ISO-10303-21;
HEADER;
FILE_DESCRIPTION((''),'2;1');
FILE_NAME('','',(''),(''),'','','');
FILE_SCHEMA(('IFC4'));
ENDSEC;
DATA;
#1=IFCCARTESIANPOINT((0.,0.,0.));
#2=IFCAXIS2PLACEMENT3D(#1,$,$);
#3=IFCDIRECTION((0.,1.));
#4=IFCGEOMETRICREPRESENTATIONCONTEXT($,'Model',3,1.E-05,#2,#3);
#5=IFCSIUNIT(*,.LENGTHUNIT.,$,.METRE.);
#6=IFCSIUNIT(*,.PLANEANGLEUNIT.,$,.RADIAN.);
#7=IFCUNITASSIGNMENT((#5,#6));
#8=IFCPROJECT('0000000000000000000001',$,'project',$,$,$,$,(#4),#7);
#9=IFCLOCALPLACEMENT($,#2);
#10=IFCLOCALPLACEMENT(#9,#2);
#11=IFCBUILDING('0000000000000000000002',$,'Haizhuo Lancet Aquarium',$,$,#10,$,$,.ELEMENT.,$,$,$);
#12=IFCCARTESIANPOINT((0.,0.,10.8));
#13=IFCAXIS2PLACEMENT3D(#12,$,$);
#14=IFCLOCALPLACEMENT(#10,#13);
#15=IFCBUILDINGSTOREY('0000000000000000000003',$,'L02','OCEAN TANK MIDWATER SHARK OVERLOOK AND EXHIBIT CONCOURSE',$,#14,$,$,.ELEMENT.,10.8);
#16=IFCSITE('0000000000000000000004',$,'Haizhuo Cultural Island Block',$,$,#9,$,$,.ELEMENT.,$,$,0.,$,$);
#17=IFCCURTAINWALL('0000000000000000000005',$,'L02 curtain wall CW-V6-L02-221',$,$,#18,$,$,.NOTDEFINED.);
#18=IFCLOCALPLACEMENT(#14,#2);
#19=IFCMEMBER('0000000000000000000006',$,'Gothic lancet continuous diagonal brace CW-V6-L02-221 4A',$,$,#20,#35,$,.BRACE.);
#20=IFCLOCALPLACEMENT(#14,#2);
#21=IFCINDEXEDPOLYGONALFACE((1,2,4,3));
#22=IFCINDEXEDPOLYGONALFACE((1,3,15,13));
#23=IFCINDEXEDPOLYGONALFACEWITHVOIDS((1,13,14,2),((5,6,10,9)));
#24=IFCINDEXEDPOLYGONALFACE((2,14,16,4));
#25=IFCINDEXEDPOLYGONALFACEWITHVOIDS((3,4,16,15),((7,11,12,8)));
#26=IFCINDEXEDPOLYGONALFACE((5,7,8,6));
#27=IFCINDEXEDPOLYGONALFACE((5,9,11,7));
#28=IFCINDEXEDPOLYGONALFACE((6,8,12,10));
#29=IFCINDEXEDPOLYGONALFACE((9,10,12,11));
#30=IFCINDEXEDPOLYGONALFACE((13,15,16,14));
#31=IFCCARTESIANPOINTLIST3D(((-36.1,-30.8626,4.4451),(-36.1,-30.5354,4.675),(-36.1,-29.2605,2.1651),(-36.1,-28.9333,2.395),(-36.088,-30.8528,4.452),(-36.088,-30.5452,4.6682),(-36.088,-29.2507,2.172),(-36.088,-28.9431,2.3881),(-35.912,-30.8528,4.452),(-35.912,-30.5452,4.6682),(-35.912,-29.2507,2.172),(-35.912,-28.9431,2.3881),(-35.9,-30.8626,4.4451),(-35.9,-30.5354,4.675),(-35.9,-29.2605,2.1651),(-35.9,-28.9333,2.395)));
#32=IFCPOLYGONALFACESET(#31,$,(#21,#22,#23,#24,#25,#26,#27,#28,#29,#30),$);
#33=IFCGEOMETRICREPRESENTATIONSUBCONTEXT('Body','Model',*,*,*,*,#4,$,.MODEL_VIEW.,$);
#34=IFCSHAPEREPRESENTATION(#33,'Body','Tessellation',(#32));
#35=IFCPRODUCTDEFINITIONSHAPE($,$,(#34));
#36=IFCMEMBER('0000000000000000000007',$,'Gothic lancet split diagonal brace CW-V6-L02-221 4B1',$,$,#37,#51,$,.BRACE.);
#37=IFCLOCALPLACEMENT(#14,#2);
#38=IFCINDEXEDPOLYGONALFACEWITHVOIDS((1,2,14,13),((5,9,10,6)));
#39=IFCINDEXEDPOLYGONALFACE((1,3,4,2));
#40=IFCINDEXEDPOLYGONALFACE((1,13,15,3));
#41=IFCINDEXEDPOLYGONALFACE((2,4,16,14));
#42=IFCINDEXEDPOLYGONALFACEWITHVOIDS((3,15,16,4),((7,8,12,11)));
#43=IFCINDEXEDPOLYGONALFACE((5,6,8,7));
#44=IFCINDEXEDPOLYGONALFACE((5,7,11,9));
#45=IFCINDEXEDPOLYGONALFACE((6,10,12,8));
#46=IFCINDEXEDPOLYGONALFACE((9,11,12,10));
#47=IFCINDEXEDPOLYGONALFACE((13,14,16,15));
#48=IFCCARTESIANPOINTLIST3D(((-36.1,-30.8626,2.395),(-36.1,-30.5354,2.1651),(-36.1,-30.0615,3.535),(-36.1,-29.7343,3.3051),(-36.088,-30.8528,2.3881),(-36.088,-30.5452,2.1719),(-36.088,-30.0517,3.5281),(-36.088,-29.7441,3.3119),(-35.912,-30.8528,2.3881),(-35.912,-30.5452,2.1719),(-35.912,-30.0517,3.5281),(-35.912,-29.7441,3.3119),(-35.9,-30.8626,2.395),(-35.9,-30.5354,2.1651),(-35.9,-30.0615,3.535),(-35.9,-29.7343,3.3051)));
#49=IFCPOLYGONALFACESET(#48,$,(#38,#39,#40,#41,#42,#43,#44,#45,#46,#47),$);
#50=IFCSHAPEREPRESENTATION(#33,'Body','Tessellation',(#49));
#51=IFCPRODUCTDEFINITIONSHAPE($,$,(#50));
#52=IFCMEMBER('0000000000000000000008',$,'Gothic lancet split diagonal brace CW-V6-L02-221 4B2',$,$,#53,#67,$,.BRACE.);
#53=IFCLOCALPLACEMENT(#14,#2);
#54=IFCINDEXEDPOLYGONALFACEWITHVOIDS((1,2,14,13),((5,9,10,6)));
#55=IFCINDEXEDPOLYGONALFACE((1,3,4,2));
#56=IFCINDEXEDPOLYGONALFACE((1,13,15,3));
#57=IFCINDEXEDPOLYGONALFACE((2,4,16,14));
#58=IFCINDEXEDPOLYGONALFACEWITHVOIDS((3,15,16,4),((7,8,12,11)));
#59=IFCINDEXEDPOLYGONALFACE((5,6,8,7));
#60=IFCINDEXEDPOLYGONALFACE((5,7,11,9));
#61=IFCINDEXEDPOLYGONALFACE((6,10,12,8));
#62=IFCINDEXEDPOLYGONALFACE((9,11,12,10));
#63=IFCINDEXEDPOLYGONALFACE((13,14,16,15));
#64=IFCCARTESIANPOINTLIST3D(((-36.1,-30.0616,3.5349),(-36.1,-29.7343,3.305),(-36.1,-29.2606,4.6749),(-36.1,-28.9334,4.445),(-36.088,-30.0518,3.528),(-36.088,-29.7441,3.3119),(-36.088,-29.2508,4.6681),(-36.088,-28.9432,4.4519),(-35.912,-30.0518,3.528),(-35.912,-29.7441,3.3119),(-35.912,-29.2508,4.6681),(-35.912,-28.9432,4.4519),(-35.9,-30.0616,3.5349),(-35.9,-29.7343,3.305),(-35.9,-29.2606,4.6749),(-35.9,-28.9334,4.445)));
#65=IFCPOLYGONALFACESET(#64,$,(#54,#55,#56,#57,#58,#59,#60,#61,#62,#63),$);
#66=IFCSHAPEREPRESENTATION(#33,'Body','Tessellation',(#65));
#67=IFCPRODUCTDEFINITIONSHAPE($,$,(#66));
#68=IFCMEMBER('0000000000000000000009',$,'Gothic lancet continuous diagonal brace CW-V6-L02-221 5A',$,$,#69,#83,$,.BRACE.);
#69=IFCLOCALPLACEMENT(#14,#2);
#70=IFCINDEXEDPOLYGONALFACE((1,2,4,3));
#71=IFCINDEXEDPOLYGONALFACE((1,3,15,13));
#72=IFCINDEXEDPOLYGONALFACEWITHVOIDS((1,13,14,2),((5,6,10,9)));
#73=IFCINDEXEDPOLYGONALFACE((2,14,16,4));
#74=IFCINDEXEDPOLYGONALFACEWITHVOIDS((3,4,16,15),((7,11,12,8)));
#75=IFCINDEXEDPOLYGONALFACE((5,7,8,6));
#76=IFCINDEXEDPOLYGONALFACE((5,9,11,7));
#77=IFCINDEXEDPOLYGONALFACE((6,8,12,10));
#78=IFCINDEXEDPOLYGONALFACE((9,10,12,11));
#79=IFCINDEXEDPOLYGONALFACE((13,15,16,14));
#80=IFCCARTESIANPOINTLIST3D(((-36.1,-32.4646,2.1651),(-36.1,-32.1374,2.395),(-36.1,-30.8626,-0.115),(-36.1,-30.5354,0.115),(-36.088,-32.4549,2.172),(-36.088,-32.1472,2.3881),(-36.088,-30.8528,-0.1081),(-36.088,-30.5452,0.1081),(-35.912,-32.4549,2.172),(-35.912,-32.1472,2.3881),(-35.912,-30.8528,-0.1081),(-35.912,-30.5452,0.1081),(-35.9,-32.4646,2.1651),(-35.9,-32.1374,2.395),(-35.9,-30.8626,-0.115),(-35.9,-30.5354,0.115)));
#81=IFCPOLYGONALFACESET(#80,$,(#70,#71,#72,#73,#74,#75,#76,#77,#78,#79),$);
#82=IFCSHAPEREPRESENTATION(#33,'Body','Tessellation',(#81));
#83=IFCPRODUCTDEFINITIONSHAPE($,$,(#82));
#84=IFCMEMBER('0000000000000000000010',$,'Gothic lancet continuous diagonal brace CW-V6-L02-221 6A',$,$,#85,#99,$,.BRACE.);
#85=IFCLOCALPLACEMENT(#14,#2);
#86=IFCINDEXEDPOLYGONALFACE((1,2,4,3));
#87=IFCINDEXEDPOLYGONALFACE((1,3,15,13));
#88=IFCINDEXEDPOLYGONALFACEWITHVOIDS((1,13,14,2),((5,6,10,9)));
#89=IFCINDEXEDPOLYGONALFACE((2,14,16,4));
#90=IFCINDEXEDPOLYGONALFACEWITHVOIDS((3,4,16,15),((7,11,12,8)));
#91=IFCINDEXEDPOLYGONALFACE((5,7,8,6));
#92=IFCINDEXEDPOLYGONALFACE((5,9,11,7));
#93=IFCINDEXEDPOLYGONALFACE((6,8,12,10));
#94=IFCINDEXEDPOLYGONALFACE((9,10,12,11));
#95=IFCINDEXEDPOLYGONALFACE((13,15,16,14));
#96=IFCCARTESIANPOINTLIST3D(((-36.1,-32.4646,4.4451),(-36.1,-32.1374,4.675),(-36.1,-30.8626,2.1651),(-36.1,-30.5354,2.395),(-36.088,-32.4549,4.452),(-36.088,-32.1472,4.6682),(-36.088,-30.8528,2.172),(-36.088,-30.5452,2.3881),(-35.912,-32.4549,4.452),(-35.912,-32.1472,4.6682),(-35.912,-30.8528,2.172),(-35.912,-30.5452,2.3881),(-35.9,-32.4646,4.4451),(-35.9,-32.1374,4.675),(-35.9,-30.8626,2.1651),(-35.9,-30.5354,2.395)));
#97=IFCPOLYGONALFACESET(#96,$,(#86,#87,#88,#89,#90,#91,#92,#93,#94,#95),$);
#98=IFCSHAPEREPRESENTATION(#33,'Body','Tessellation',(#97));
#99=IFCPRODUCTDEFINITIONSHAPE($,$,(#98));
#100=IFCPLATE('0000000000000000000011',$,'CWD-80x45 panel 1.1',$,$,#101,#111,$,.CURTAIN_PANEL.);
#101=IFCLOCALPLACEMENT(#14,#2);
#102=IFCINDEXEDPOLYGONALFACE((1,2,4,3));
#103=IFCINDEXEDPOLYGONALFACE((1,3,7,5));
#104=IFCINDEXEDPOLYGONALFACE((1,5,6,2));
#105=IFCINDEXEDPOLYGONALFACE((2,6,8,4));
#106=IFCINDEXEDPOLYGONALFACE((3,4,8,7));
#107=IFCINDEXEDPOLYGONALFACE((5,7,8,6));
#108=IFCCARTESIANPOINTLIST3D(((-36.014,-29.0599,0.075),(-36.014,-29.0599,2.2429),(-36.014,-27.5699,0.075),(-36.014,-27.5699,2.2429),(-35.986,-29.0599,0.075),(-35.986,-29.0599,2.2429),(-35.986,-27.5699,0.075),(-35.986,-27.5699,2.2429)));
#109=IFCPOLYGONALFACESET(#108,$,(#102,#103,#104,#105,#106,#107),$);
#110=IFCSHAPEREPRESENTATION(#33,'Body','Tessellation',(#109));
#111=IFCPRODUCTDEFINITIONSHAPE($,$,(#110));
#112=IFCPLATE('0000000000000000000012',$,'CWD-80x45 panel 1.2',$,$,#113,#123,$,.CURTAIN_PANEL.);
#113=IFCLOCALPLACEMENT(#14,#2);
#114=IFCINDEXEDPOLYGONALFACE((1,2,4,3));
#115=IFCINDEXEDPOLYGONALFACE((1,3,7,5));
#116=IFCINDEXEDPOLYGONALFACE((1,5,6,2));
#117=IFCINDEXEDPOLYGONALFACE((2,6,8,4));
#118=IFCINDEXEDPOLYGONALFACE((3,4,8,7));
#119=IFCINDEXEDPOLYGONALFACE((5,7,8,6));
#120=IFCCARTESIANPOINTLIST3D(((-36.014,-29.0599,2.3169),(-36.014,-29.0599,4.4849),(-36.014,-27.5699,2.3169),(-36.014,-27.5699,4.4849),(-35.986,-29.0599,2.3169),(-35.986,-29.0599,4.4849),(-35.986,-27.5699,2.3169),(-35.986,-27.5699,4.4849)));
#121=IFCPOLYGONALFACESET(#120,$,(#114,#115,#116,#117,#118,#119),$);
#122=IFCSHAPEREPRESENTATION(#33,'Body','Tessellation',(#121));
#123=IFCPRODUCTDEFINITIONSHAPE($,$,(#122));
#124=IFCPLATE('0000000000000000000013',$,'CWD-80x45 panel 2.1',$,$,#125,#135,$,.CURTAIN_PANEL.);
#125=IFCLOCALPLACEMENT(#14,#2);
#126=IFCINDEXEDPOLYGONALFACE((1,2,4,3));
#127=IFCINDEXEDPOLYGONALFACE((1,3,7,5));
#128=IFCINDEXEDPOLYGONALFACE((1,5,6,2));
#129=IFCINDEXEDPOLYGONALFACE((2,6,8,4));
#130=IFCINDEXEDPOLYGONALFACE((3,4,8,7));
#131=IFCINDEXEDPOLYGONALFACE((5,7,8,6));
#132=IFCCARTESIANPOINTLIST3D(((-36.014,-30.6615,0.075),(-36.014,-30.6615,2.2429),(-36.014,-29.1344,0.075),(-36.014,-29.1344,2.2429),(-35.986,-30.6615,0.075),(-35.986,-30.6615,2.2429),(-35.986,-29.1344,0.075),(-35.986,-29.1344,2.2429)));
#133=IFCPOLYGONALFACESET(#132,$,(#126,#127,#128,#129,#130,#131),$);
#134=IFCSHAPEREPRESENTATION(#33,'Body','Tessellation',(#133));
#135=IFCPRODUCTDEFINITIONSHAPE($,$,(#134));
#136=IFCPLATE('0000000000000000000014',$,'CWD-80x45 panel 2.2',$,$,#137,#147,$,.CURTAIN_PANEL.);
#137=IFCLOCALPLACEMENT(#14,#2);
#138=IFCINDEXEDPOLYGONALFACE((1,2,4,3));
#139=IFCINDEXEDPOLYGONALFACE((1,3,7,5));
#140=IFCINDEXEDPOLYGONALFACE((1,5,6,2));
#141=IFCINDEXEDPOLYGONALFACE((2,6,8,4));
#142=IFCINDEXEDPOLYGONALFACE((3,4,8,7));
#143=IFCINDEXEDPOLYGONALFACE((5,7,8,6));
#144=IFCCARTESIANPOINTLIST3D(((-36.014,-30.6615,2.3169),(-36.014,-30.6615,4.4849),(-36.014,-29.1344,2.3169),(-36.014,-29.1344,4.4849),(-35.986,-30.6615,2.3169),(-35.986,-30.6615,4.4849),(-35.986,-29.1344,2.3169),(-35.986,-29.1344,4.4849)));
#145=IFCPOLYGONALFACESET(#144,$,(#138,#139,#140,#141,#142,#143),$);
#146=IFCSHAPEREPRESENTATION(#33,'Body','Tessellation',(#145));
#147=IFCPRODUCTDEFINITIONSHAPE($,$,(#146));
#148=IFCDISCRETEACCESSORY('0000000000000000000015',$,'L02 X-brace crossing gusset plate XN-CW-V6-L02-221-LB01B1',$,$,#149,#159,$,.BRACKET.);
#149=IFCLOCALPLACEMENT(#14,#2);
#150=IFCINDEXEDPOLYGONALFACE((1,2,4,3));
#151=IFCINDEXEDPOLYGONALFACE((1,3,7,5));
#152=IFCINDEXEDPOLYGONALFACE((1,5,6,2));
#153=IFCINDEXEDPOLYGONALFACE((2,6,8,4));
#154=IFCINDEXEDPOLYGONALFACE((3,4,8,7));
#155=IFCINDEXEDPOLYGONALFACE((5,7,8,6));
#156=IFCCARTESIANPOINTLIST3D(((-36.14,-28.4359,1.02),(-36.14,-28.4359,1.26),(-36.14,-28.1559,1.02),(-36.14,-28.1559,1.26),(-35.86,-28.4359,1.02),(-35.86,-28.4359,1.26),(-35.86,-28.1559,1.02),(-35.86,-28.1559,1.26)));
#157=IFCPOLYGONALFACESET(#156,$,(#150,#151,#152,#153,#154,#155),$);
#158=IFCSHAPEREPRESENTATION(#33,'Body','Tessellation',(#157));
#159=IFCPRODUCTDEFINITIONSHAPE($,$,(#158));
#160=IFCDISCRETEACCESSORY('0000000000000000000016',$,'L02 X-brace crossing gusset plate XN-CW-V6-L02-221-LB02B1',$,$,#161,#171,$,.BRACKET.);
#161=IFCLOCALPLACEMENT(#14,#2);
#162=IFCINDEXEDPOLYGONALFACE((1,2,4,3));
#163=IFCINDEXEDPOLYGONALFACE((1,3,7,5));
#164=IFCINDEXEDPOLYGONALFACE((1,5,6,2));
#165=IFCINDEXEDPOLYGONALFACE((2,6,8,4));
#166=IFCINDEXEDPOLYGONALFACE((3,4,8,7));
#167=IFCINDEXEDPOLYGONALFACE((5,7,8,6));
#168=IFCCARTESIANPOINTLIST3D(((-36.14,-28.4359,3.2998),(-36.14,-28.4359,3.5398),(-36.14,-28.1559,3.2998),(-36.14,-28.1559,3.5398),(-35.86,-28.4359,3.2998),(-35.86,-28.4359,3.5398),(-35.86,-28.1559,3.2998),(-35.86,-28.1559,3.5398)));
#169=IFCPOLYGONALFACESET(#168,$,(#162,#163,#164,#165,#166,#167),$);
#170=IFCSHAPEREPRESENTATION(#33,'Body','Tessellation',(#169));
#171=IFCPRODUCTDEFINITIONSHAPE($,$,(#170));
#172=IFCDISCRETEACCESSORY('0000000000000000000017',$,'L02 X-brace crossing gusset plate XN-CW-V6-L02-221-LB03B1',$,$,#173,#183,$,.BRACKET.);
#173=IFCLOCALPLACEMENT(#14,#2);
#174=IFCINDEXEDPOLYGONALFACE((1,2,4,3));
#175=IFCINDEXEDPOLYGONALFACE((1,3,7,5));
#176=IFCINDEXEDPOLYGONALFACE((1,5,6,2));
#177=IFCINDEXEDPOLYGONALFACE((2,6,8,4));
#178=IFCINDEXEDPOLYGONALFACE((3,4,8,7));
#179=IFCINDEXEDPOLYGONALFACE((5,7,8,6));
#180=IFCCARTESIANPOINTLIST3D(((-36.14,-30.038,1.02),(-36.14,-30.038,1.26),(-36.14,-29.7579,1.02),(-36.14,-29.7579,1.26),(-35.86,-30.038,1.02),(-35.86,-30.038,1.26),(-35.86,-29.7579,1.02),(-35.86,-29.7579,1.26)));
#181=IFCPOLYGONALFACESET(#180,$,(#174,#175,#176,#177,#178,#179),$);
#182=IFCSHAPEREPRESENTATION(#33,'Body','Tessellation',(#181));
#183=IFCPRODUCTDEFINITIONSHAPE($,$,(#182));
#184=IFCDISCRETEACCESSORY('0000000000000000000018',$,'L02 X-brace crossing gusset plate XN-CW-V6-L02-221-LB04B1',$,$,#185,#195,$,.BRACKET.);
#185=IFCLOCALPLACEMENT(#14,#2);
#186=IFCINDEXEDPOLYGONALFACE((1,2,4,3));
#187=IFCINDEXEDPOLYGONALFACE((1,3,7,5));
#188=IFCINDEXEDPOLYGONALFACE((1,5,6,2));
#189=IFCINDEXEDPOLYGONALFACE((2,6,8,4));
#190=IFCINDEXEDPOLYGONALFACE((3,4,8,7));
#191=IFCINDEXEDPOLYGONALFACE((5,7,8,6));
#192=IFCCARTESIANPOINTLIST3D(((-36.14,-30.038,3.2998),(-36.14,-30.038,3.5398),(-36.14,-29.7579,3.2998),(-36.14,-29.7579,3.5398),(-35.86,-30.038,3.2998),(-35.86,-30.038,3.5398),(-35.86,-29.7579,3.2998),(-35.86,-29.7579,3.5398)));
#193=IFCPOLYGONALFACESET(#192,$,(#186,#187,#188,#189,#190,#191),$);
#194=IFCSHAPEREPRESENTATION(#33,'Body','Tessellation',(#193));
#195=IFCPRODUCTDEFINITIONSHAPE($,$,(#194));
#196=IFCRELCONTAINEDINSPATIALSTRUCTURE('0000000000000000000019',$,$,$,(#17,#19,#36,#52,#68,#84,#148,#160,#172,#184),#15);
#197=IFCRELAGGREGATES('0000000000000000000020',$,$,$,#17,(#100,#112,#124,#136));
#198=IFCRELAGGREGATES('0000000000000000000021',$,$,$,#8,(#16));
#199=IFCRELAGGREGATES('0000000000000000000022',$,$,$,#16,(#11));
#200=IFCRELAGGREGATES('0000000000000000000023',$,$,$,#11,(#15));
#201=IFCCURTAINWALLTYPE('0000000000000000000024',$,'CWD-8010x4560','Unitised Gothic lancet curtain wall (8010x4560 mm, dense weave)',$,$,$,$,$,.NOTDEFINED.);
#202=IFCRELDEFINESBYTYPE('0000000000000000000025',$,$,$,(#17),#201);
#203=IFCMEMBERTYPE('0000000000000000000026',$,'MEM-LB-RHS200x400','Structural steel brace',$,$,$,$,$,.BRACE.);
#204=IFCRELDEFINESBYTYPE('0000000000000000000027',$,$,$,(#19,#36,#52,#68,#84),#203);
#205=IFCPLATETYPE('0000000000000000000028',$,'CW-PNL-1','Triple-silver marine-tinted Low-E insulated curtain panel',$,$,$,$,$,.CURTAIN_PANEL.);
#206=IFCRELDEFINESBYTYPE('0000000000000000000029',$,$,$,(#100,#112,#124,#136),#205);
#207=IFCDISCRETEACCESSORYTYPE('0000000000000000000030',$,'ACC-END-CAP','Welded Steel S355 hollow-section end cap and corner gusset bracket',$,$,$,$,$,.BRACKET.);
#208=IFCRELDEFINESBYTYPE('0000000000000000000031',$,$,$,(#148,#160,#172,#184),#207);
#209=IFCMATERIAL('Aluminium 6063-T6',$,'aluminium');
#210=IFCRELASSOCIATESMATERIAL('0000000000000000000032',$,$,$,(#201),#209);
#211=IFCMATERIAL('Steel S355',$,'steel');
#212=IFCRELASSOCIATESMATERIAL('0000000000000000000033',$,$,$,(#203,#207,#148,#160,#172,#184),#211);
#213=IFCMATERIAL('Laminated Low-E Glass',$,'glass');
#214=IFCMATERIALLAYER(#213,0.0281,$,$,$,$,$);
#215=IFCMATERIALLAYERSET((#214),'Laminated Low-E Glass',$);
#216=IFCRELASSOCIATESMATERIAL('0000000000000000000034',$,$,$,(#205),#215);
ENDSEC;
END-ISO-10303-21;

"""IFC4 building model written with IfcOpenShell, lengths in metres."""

from ifc_helpers import new_model, si_unit, direction, frame, origin, origin_2d, place, context, subcontext, project, spatial, rectangle, hollow_rectangle, extrude, material, layer, layer_set, material_profile, profile_set, type_object, element, aggregate, save


model = new_model("IFC4")

# Units and contexts
model_context = context("Model", 3, precision=1e-05, world=origin(), true_north=direction((0.0, 1.0)))
body_context = subcontext(model_context, "Body", "Model", "MODEL_VIEW")
ifc_project = project(units=[si_unit("LENGTHUNIT", "METRE"), si_unit("PLANEANGLEUNIT", "RADIAN")], contexts=[model_context])

# Site, building, storey
site_placement = place(None, origin())
site = spatial("IfcSite", under=ifc_project, at=site_placement, Name="Haizhuo Cultural Island Block", CompositionType="ELEMENT", RefElevation=0.0)
building_placement = place(site_placement, origin())
building = spatial("IfcBuilding", under=site, at=building_placement, Name="Haizhuo Lancet Aquarium", CompositionType="ELEMENT")
storey_placement = place(building_placement, frame((0.0, 0.0, 10.8)))
storey = spatial("IfcBuildingStorey", under=building, at=storey_placement, Name="L02", Description="OCEAN TANK MIDWATER SHARK OVERLOOK AND EXHIBIT CONCOURSE", CompositionType="ELEMENT", Elevation=10.8)

# Curtain wall
ifc_material_1 = material(Name="Aluminium 6063-T6", Category="aluminium")
curtain_wall_type = type_object("IfcCurtainWallType", Name="CWD-8010x4560", Description="Unitised Gothic lancet curtain wall (8010x4560 mm, dense weave)", PredefinedType="NOTDEFINED", material=ifc_material_1)
curtain_wall_placement = place(storey_placement, origin())
curtain_wall = element("IfcCurtainWall", 1, at=curtain_wall_placement, inside=storey, type_object=curtain_wall_type, Name="L02 curtain wall CW-V6-L02-221", PredefinedType="NOTDEFINED")

# Members
ifc_material_2 = material(Name="Steel S355", Category="steel")
ifc_material_profile_1 = material_profile(ifc_material_2, hollow_rectangle(XDim=0.2, YDim=0.3999, WallThickness=0.012, at=origin_2d()), Name="RHS 200x400x12")
ifc_profile_set_1 = profile_set([ifc_material_profile_1], Name="Steel S355")
member_type_1 = type_object("IfcMemberType", Name="MEM-LB-RHS200x400", Description="Structural steel brace", PredefinedType="BRACE", material=ifc_profile_set_1)
member_1_placement = place(storey_placement, frame((-36.0, -29.0969, 2.28), z_axis=(0.0, -0.574914, 0.818214), x_axis=(1.0, 0.0, 0.0)))
element("IfcMember", 2, at=member_1_placement, inside=storey, type_object=member_type_1, Name="Gothic lancet continuous diagonal brace CW-V6-L02-221 4A", PredefinedType="BRACE", context=body_context, shape_type="SweptSolid", body=[
    extrude(hollow_rectangle(XDim=0.2, YDim=0.3999, WallThickness=0.012, at=origin_2d()), origin(), (0.0, 0.0, 1.0), 2.7866),
])
for number, where, z_axis, x_axis, name in (
    (3, (-36.0, -30.699, 2.28), (0.0, 0.574955, 0.818185), (-1.0, 0.0, 0.0), "Gothic lancet split diagonal brace CW-V6-L02-221 4B1"),
    (4, (-36.0, -29.8979, 3.4199), (0.0, 0.574873, 0.818243), (-1.0, 0.0, 0.0), "Gothic lancet split diagonal brace CW-V6-L02-221 4B2"),
):
    element("IfcMember", number, at=place(storey_placement, frame(where, z_axis=z_axis, x_axis=x_axis)), inside=storey, type_object=member_type_1, Name=name, PredefinedType="BRACE", context=body_context, shape_type="SweptSolid", body=[
        extrude(hollow_rectangle(XDim=0.2, YDim=0.3999, WallThickness=0.012, at=origin_2d()), origin(), (0.0, 0.0, 1.0), 1.3933),
    ])
for number, where, z_axis, x_axis, name in (
    (5, (-36.0, -30.699, 0.0), (0.0, -0.574914, 0.818214), (1.0, 0.0, 0.0), "Gothic lancet continuous diagonal brace CW-V6-L02-221 5A"),
    (6, (-36.0, -30.699, 2.28), (0.0, -0.574914, 0.818214), (1.0, 0.0, 0.0), "Gothic lancet continuous diagonal brace CW-V6-L02-221 6A"),
):
    element("IfcMember", number, at=place(storey_placement, frame(where, z_axis=z_axis, x_axis=x_axis)), inside=storey, type_object=member_type_1, Name=name, PredefinedType="BRACE", context=body_context, shape_type="SweptSolid", body=[
        extrude(hollow_rectangle(XDim=0.2, YDim=0.3999, WallThickness=0.012, at=origin_2d()), origin(), (0.0, 0.0, 1.0), 2.7866),
    ])

# Plates
ifc_material_3 = material(Name="Laminated Low-E Glass", Category="glass")
ifc_layer = layer(ifc_material_3, 0.0281)
ifc_layer_set = layer_set([ifc_layer], Name="Laminated Low-E Glass")
plate_type = type_object("IfcPlateType", Name="CW-PNL-1", Description="Triple-silver marine-tinted Low-E insulated curtain panel", PredefinedType="CURTAIN_PANEL", material=ifc_layer_set)
plate_1_placement = place(storey_placement, frame((-36.0, -28.3149, 0.075), z_axis=(0.0, 0.0, 1.0), x_axis=(0.0, -1.0, 0.0)))
plate_1 = element("IfcPlate", 7, at=plate_1_placement, type_object=plate_type, Name="CWD-80x45 panel 1.1", PredefinedType="CURTAIN_PANEL", context=body_context, shape_type="SweptSolid", body=[
    extrude(rectangle(XDim=1.49, YDim=0.0281, at=origin_2d()), origin(), (0.0, 0.0, 1.0), 2.168),
])
plate_2_placement = place(storey_placement, frame((-36.0, -28.3149, 2.3169), z_axis=(0.0, 0.0, 1.0), x_axis=(0.0, -1.0, 0.0)))
plate_2 = element("IfcPlate", 8, at=plate_2_placement, type_object=plate_type, Name="CWD-80x45 panel 1.2", PredefinedType="CURTAIN_PANEL", context=body_context, shape_type="SweptSolid", body=[
    extrude(rectangle(XDim=1.49, YDim=0.0281, at=origin_2d()), origin(), (0.0, 0.0, 1.0), 2.168),
])
plate_3_placement = place(storey_placement, frame((-36.0, -29.8979, 0.075), z_axis=(0.0, 0.0, 1.0), x_axis=(0.0, -1.0, 0.0)))
plate_3 = element("IfcPlate", 9, at=plate_3_placement, type_object=plate_type, Name="CWD-80x45 panel 2.1", PredefinedType="CURTAIN_PANEL", context=body_context, shape_type="SweptSolid", body=[
    extrude(rectangle(XDim=1.5271, YDim=0.0281, at=origin_2d()), origin(), (0.0, 0.0, 1.0), 2.168),
])
plate_4_placement = place(storey_placement, frame((-36.0, -29.8979, 2.3169), z_axis=(0.0, 0.0, 1.0), x_axis=(0.0, -1.0, 0.0)))
plate_4 = element("IfcPlate", 10, at=plate_4_placement, type_object=plate_type, Name="CWD-80x45 panel 2.2", PredefinedType="CURTAIN_PANEL", context=body_context, shape_type="SweptSolid", body=[
    extrude(rectangle(XDim=1.5271, YDim=0.0281, at=origin_2d()), origin(), (0.0, 0.0, 1.0), 2.168),
])
aggregate(curtain_wall, [plate_1, plate_2, plate_3, plate_4])

# Discrete accessories
discrete_accessory_type = type_object("IfcDiscreteAccessoryType", Name="ACC-END-CAP", Description="Welded Steel S355 hollow-section end cap and corner gusset bracket", PredefinedType="BRACKET", material=ifc_material_2)
for number, where, z_axis, x_axis, name in (
    (11, (-36.0, -28.2959, 1.02), (0.0, 0.0, 1.0), (1.0, 0.0, 0.0), "L02 X-brace crossing gusset plate XN-CW-V6-L02-221-LB01B1"),
    (12, (-36.0, -28.2959, 3.2998), (0.0, 0.0, 1.0), (1.0, 0.0, 0.0), "L02 X-brace crossing gusset plate XN-CW-V6-L02-221-LB02B1"),
    (13, (-36.0, -29.8979, 1.02), (0.0, 0.0, 1.0), (1.0, 0.0, 0.0), "L02 X-brace crossing gusset plate XN-CW-V6-L02-221-LB03B1"),
    (14, (-36.0, -29.8979, 3.2998), (0.0, 0.0, 1.0), (1.0, 0.0, 0.0), "L02 X-brace crossing gusset plate XN-CW-V6-L02-221-LB04B1"),
):
    element("IfcDiscreteAccessory", number, at=place(storey_placement, frame(where, z_axis=z_axis, x_axis=x_axis)), inside=storey, type_object=discrete_accessory_type, material=ifc_material_2, Name=name, PredefinedType="BRACKET", context=body_context, shape_type="SweptSolid", body=[
        extrude(rectangle(XDim=0.28, YDim=0.28, at=origin_2d()), origin(), (0.0, 0.0, 1.0), 0.24),
    ])

save(model, "model.ifc")
